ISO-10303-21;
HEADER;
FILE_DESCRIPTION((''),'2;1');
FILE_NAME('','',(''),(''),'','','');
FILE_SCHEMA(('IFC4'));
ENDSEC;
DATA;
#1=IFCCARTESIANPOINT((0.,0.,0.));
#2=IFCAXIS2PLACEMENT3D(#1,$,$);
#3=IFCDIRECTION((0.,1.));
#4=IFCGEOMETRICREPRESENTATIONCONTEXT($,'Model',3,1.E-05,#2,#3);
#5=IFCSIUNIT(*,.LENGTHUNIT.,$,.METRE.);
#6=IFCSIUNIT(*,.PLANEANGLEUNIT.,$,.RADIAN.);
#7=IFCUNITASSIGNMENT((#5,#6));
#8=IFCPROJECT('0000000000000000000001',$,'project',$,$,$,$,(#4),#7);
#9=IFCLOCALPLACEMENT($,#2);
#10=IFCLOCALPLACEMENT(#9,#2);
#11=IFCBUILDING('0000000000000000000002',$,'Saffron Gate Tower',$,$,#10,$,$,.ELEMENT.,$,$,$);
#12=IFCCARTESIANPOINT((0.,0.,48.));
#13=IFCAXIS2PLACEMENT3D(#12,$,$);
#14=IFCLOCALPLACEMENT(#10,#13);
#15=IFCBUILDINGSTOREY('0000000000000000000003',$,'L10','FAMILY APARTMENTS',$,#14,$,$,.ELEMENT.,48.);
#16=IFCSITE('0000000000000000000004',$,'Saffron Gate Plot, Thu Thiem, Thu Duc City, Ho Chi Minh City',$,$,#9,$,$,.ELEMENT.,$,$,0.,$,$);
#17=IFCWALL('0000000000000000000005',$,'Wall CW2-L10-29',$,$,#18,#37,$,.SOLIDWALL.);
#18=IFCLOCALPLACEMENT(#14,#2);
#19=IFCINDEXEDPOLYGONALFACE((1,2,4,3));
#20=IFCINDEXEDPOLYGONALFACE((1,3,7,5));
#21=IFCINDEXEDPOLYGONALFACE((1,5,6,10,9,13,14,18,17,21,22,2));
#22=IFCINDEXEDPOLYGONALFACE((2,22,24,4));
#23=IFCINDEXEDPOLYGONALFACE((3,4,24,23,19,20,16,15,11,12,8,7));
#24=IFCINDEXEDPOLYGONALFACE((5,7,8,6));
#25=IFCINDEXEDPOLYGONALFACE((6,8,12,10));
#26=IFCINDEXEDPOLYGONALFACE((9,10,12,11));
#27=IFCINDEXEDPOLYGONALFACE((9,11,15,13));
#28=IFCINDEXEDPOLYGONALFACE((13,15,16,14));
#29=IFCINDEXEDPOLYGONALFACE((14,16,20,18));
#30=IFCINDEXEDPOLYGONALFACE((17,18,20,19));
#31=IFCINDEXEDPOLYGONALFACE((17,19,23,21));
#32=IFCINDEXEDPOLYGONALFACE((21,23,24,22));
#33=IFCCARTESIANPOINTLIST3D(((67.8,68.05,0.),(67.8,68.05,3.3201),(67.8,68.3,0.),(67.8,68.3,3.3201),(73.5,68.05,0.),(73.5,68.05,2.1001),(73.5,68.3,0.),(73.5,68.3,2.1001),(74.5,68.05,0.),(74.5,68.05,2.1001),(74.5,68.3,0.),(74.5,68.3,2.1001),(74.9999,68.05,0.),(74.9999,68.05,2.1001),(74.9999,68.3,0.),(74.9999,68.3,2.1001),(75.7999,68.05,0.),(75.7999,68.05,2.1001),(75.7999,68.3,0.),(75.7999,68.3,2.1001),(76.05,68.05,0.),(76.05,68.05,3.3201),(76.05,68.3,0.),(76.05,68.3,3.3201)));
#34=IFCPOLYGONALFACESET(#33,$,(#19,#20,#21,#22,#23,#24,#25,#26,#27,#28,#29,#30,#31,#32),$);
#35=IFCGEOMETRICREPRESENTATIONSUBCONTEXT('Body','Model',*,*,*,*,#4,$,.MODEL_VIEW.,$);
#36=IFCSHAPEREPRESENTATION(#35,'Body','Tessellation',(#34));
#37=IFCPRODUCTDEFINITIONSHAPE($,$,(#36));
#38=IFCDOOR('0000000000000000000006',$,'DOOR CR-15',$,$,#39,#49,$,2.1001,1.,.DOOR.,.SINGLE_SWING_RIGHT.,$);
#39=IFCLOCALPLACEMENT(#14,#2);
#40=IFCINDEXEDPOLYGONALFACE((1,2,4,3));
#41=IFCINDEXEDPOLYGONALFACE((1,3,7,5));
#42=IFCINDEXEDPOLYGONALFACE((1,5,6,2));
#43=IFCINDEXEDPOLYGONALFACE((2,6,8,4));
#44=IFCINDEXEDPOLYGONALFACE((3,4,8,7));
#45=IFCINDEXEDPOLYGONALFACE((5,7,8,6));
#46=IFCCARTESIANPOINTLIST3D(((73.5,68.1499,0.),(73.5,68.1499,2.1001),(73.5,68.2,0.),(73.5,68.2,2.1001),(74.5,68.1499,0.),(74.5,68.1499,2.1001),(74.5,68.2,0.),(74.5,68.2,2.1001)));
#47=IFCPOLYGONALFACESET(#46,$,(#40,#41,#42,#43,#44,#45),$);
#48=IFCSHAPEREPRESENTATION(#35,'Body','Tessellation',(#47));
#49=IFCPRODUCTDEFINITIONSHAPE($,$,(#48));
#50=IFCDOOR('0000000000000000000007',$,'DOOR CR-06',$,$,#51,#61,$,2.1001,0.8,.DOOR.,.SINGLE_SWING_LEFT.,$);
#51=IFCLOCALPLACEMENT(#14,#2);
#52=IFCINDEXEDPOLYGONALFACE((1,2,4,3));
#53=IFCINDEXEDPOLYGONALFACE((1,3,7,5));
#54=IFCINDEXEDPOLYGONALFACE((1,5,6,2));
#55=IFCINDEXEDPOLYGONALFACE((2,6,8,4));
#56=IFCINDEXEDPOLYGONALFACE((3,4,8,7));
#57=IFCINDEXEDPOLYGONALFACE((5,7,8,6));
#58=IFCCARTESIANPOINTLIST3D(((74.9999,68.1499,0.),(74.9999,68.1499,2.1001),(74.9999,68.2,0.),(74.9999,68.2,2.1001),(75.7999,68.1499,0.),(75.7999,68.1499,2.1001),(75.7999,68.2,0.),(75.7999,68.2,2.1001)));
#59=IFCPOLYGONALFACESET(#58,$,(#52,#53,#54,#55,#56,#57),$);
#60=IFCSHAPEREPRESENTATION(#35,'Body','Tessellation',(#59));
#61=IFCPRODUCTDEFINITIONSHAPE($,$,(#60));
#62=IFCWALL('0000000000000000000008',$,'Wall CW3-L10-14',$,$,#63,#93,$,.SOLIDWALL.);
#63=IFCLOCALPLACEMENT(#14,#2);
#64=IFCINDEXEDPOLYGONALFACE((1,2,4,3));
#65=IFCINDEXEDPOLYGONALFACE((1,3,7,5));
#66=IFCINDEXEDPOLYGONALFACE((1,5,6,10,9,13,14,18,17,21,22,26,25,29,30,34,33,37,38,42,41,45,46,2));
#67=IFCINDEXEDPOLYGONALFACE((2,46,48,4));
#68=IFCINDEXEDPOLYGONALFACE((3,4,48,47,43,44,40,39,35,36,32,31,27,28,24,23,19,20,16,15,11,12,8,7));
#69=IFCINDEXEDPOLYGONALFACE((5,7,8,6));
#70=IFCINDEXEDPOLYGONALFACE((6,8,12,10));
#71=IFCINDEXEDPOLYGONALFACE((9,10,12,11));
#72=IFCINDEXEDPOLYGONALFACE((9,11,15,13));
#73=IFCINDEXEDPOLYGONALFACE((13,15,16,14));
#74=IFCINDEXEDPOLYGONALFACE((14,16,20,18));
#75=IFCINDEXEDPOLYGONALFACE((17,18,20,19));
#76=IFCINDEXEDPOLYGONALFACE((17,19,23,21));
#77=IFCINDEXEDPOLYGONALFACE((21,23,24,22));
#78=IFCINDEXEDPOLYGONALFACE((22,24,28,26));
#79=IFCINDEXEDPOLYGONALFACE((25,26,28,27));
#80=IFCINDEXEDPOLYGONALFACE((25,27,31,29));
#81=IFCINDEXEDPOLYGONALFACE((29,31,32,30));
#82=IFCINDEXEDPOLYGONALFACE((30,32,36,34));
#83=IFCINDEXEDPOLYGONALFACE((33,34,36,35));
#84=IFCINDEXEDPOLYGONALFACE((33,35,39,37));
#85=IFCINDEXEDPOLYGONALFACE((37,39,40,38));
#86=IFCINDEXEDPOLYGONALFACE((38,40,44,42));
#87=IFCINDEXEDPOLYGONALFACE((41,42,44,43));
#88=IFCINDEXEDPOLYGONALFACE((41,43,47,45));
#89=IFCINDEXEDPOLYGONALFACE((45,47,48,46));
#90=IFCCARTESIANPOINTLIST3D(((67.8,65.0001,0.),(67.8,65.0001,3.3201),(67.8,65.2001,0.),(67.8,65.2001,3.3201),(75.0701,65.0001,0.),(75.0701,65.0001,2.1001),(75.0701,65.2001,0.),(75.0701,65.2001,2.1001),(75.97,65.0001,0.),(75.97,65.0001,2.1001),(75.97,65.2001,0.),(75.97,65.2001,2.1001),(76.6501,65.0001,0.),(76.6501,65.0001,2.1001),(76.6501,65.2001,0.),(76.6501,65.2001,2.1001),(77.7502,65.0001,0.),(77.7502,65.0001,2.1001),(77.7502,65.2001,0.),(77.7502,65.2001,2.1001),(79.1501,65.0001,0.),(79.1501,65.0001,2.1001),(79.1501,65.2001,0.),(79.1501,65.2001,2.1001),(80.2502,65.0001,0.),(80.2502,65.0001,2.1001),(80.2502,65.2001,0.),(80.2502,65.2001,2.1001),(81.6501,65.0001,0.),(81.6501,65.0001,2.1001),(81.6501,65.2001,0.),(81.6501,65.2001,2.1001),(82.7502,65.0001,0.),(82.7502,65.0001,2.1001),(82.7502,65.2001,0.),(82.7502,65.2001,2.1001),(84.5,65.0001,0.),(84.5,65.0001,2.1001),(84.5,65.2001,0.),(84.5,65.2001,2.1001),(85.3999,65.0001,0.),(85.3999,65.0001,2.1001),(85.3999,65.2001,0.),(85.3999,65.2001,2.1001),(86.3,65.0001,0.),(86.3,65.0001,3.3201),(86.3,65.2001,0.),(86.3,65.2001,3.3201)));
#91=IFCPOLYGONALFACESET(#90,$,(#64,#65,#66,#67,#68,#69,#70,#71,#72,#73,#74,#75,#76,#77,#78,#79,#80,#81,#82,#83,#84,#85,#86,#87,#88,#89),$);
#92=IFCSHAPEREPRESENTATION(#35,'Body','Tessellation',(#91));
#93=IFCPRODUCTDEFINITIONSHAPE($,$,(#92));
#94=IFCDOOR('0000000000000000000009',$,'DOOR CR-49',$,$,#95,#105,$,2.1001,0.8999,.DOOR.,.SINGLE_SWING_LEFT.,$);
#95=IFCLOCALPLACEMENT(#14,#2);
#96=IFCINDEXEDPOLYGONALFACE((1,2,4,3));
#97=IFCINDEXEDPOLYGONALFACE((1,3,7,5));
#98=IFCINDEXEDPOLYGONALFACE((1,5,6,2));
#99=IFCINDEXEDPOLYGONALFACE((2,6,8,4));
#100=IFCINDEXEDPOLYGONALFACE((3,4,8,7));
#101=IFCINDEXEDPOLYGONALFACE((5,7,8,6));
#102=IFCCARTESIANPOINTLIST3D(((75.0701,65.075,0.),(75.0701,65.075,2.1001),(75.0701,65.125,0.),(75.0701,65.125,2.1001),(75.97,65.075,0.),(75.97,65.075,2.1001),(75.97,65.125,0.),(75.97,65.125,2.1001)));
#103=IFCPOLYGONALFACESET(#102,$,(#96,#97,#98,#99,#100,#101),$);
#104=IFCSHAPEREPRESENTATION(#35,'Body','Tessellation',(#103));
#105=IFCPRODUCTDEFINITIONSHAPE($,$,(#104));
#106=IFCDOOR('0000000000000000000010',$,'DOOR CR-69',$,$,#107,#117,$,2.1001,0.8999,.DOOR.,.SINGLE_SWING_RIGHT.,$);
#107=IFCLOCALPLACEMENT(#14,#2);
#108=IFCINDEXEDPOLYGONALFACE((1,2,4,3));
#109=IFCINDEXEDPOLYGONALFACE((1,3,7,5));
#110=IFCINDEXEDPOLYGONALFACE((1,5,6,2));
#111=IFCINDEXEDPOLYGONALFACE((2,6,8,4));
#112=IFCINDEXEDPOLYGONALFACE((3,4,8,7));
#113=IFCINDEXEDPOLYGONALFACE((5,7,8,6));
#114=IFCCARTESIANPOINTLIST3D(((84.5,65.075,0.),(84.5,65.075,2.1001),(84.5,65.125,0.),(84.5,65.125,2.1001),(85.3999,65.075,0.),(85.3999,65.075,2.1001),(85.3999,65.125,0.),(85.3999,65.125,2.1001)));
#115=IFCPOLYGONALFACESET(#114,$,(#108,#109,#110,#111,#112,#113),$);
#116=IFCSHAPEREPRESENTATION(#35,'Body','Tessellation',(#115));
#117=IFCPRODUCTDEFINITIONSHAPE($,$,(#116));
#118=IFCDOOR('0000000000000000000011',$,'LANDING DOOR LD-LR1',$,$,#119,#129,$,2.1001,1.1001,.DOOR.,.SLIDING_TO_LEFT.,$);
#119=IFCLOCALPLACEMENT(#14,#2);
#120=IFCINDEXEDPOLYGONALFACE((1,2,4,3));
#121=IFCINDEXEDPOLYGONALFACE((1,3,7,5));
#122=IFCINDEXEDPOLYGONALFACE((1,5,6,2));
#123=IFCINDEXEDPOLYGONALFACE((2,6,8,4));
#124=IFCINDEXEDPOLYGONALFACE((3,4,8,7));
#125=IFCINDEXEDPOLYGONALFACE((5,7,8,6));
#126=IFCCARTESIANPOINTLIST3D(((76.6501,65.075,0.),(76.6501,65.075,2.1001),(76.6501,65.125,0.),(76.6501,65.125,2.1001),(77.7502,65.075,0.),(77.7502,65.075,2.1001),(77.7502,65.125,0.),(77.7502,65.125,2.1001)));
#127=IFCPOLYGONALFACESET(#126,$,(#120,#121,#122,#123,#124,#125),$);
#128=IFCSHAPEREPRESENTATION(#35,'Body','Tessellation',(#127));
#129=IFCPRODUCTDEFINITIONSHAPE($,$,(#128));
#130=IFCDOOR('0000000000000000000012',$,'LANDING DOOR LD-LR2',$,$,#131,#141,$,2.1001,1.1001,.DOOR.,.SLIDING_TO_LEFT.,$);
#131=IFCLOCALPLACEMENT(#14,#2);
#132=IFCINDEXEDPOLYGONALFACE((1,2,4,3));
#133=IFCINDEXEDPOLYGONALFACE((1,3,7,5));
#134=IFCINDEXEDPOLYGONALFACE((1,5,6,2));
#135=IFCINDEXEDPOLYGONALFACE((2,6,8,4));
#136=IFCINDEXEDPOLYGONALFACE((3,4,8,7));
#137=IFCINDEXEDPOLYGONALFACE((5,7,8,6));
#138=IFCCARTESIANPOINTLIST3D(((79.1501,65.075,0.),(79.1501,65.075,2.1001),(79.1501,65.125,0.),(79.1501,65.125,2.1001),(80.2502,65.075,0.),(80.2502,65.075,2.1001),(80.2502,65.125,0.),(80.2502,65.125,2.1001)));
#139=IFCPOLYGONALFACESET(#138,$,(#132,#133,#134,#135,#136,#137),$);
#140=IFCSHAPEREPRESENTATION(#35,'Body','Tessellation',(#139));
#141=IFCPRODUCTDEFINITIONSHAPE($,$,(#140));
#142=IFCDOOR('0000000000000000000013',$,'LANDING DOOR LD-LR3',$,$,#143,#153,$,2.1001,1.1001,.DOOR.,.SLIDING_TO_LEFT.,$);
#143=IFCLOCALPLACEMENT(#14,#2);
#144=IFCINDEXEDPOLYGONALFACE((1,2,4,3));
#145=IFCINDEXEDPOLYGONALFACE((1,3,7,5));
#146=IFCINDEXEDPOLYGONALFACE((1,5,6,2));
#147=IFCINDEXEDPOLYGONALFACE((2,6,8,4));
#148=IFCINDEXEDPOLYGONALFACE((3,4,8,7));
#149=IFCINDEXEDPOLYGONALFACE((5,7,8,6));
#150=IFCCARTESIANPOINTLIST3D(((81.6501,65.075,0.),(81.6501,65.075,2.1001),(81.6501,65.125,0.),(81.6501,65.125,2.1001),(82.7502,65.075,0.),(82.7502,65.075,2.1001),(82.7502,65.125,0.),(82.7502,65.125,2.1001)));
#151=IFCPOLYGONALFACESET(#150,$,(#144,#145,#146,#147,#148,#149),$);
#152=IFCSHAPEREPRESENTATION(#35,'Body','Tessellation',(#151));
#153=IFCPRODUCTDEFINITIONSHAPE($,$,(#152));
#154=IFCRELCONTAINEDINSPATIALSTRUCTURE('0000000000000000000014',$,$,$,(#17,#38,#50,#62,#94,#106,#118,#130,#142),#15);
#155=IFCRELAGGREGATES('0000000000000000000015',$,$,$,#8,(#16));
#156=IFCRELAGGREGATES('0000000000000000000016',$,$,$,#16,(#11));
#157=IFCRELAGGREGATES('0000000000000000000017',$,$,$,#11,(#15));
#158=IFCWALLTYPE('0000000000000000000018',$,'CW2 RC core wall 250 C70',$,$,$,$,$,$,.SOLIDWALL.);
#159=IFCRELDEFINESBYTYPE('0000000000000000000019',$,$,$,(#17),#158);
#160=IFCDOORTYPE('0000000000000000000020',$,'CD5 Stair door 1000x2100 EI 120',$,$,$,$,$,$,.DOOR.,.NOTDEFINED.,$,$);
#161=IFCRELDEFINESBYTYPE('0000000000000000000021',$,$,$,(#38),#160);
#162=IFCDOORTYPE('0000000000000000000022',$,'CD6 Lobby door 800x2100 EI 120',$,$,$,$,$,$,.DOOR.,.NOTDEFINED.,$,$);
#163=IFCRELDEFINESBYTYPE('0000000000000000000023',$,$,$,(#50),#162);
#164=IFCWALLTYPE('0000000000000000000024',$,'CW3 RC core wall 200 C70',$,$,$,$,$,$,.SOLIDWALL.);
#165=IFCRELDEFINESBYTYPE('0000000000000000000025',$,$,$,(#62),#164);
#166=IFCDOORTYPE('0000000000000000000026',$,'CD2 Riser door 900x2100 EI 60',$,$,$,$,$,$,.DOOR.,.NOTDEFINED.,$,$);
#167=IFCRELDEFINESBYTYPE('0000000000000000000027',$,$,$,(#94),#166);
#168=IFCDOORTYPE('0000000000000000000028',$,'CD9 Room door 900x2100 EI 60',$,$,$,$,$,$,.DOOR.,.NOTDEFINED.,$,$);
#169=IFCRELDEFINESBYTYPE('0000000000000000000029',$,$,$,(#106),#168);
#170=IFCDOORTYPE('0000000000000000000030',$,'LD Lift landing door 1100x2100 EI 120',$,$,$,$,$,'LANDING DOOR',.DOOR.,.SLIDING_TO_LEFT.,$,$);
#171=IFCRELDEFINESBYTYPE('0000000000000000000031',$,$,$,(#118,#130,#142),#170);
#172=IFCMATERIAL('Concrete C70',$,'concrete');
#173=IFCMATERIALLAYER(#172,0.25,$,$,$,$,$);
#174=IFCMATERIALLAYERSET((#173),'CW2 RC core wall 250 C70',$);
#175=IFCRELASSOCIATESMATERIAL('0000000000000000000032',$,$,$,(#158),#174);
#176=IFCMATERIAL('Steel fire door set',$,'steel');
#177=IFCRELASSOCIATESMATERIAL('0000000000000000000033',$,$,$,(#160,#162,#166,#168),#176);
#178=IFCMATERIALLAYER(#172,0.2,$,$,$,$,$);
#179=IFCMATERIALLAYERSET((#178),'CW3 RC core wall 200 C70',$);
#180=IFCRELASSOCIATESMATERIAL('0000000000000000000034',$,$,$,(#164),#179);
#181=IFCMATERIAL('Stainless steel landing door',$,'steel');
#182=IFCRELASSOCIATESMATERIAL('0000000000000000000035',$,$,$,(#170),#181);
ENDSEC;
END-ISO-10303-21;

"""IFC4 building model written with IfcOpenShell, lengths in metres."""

from ifc_helpers import new_model, si_unit, direction, frame, frame_2d, origin, place, context, subcontext, project, spatial, rectangle, extrude, material, layer, layer_set, type_object, element, fill, save


model = new_model("IFC4")

# Units and contexts
model_context = context("Model", 3, precision=1e-05, world=origin(), true_north=direction((0.0, 1.0)))
body_context = subcontext(model_context, "Body", "Model", "MODEL_VIEW")
ifc_project = project(units=[si_unit("LENGTHUNIT", "METRE"), si_unit("PLANEANGLEUNIT", "RADIAN")], contexts=[model_context])

# Site, building, storey
site_placement = place(None, origin())
site = spatial("IfcSite", under=ifc_project, at=site_placement, Name="Saffron Gate Plot, Thu Thiem, Thu Duc City, Ho Chi Minh City", CompositionType="ELEMENT", RefElevation=0.0)
building_placement = place(site_placement, origin())
building = spatial("IfcBuilding", under=site, at=building_placement, Name="Saffron Gate Tower", CompositionType="ELEMENT")
storey_placement = place(building_placement, frame((0.0, 0.0, 48.0)))
storey = spatial("IfcBuildingStorey", under=building, at=storey_placement, Name="L10", Description="FAMILY APARTMENTS", CompositionType="ELEMENT", Elevation=48.0)

# Shared definitions
ifc_material_1 = material(Name="Concrete C70", Category="concrete")
ifc_material_2 = material(Name="Steel fire door set", Category="steel")

# Shared definitions
ifc_layer_1 = layer(ifc_material_1, 0.25)
ifc_layer_set_1 = layer_set([ifc_layer_1], Name="CW2 RC core wall 250 C70")
wall_type_1 = type_object("IfcWallType", Name="CW2 RC core wall 250 C70", PredefinedType="SOLIDWALL", material=ifc_layer_set_1)

# Walls, openings, doors
wall_1_placement = place(storey_placement, frame((67.8, 68.175, 0.0), z_axis=(0.0, 0.0, 1.0), x_axis=(1.0, 0.0, 0.0)))
wall_1 = element("IfcWall", 1, at=wall_1_placement, inside=storey, type_object=wall_type_1, Name="Wall CW2-L10-29", PredefinedType="SOLIDWALL", context=body_context, shape_type="SweptSolid", body=[
    extrude(rectangle(XDim=8.25, YDim=0.25, at=frame_2d((4.125, 0.0))), origin(), (0.0, 0.0, 1.0), 3.3201),
])
opening_1_placement = place(wall_1_placement, frame((5.7, 0.0, 0.0)))
opening_1 = element("IfcOpeningElement", 2, at=opening_1_placement, cuts=wall_1, PredefinedType="OPENING", context=body_context, shape_type="SweptSolid", body=[
    extrude(rectangle(XDim=1.0, YDim=2.1001, at=frame_2d((0.5, 1.05))), frame((0.0, 0.135, 0.0), z_axis=(0.0, -1.0, 0.0), x_axis=(1.0, 0.0, 0.0)), (0.0, 0.0, 1.0), 0.27),
])
opening_2_placement = place(wall_1_placement, frame((7.2, 0.0, 0.0)))
opening_2 = element("IfcOpeningElement", 3, at=opening_2_placement, cuts=wall_1, PredefinedType="OPENING", context=body_context, shape_type="SweptSolid", body=[
    extrude(rectangle(XDim=0.8, YDim=2.1001, at=frame_2d((0.3999, 1.05))), frame((0.0, 0.135, 0.0), z_axis=(0.0, -1.0, 0.0), x_axis=(1.0, 0.0, 0.0)), (0.0, 0.0, 1.0), 0.27),
])
door_type_1 = type_object("IfcDoorType", Name="CD5 Stair door 1000x2100 EI 120", OperationType="NOTDEFINED", PredefinedType="DOOR", material=ifc_material_2)
door_1_placement = place(opening_1_placement, origin())
door_1 = element("IfcDoor", 4, at=door_1_placement, inside=storey, type_object=door_type_1, Name="DOOR CR-15", OperationType="SINGLE_SWING_RIGHT", OverallHeight=2.1001, OverallWidth=1.0, PredefinedType="DOOR", context=body_context, shape_type="SweptSolid", body=[
    extrude(rectangle(XDim=1.0, YDim=2.1001, at=frame_2d((0.5, 1.05))), frame((0.0, 0.0249, 0.0), z_axis=(0.0, -1.0, 0.0), x_axis=(1.0, 0.0, 0.0)), (0.0, 0.0, 1.0), 0.05),
])
fill(opening_1, door_1)
door_type_2 = type_object("IfcDoorType", Name="CD6 Lobby door 800x2100 EI 120", OperationType="NOTDEFINED", PredefinedType="DOOR", material=ifc_material_2)
door_2_placement = place(opening_2_placement, origin())
door_2 = element("IfcDoor", 5, at=door_2_placement, inside=storey, type_object=door_type_2, Name="DOOR CR-06", OperationType="SINGLE_SWING_LEFT", OverallHeight=2.1001, OverallWidth=0.8, PredefinedType="DOOR", context=body_context, shape_type="SweptSolid", body=[
    extrude(rectangle(XDim=0.8, YDim=2.1001, at=frame_2d((0.3999, 1.05))), frame((0.0, 0.0249, 0.0), z_axis=(0.0, -1.0, 0.0), x_axis=(1.0, 0.0, 0.0)), (0.0, 0.0, 1.0), 0.05),
])
fill(opening_2, door_2)
ifc_layer_2 = layer(ifc_material_1, 0.2)
ifc_layer_set_2 = layer_set([ifc_layer_2], Name="CW3 RC core wall 200 C70")
wall_type_2 = type_object("IfcWallType", Name="CW3 RC core wall 200 C70", PredefinedType="SOLIDWALL", material=ifc_layer_set_2)
wall_2_placement = place(storey_placement, frame((67.8, 65.1001, 0.0), z_axis=(0.0, 0.0, 1.0), x_axis=(1.0, 0.0, 0.0)))
wall_2 = element("IfcWall", 6, at=wall_2_placement, inside=storey, type_object=wall_type_2, Name="Wall CW3-L10-14", PredefinedType="SOLIDWALL", context=body_context, shape_type="SweptSolid", body=[
    extrude(rectangle(XDim=18.5, YDim=0.2, at=frame_2d((9.25, 0.0))), origin(), (0.0, 0.0, 1.0), 3.3201),
])
opening_3_placement = place(wall_2_placement, frame((7.27, 0.0, 0.0)))
opening_3 = element("IfcOpeningElement", 7, at=opening_3_placement, cuts=wall_2, PredefinedType="OPENING", context=body_context, shape_type="SweptSolid", body=[
    extrude(rectangle(XDim=0.8999, YDim=2.1001, at=frame_2d((0.45, 1.05))), frame((0.0, 0.1099, 0.0), z_axis=(0.0, -1.0, 0.0), x_axis=(1.0, 0.0, 0.0)), (0.0, 0.0, 1.0), 0.22),
])
opening_4_placement = place(wall_2_placement, frame((8.8501, 0.0, 0.0)))
opening_4 = element("IfcOpeningElement", 8, at=opening_4_placement, cuts=wall_2, PredefinedType="OPENING", context=body_context, shape_type="SweptSolid", body=[
    extrude(rectangle(XDim=1.1001, YDim=2.1001, at=frame_2d((0.55, 1.05))), frame((0.0, 0.1099, 0.0), z_axis=(0.0, -1.0, 0.0), x_axis=(1.0, 0.0, 0.0)), (0.0, 0.0, 1.0), 0.22),
])
opening_5_placement = place(wall_2_placement, frame((11.3501, 0.0, 0.0)))
opening_5 = element("IfcOpeningElement", 9, at=opening_5_placement, cuts=wall_2, PredefinedType="OPENING", context=body_context, shape_type="SweptSolid", body=[
    extrude(rectangle(XDim=1.1001, YDim=2.1001, at=frame_2d((0.55, 1.05))), frame((0.0, 0.1099, 0.0), z_axis=(0.0, -1.0, 0.0), x_axis=(1.0, 0.0, 0.0)), (0.0, 0.0, 1.0), 0.22),
])
opening_6_placement = place(wall_2_placement, frame((13.8501, 0.0, 0.0)))
opening_6 = element("IfcOpeningElement", 10, at=opening_6_placement, cuts=wall_2, PredefinedType="OPENING", context=body_context, shape_type="SweptSolid", body=[
    extrude(rectangle(XDim=1.1001, YDim=2.1001, at=frame_2d((0.55, 1.05))), frame((0.0, 0.1099, 0.0), z_axis=(0.0, -1.0, 0.0), x_axis=(1.0, 0.0, 0.0)), (0.0, 0.0, 1.0), 0.22),
])
opening_7_placement = place(wall_2_placement, frame((16.7, 0.0, 0.0)))
opening_7 = element("IfcOpeningElement", 11, at=opening_7_placement, cuts=wall_2, PredefinedType="OPENING", context=body_context, shape_type="SweptSolid", body=[
    extrude(rectangle(XDim=0.8999, YDim=2.1001, at=frame_2d((0.45, 1.05))), frame((0.0, 0.1099, 0.0), z_axis=(0.0, -1.0, 0.0), x_axis=(1.0, 0.0, 0.0)), (0.0, 0.0, 1.0), 0.22),
])
door_type_3 = type_object("IfcDoorType", Name="CD2 Riser door 900x2100 EI 60", OperationType="NOTDEFINED", PredefinedType="DOOR", material=ifc_material_2)
door_3_placement = place(opening_3_placement, origin())
door_3 = element("IfcDoor", 12, at=door_3_placement, inside=storey, type_object=door_type_3, Name="DOOR CR-49", OperationType="SINGLE_SWING_LEFT", OverallHeight=2.1001, OverallWidth=0.8999, PredefinedType="DOOR", context=body_context, shape_type="SweptSolid", body=[
    extrude(rectangle(XDim=0.8999, YDim=2.1001, at=frame_2d((0.45, 1.05))), frame((0.0, 0.0249, 0.0), z_axis=(0.0, -1.0, 0.0), x_axis=(1.0, 0.0, 0.0)), (0.0, 0.0, 1.0), 0.05),
])
fill(opening_3, door_3)
door_type_4 = type_object("IfcDoorType", Name="CD9 Room door 900x2100 EI 60", OperationType="NOTDEFINED", PredefinedType="DOOR", material=ifc_material_2)
door_4_placement = place(opening_7_placement, origin())
door_4 = element("IfcDoor", 13, at=door_4_placement, inside=storey, type_object=door_type_4, Name="DOOR CR-69", OperationType="SINGLE_SWING_RIGHT", OverallHeight=2.1001, OverallWidth=0.8999, PredefinedType="DOOR", context=body_context, shape_type="SweptSolid", body=[
    extrude(rectangle(XDim=0.8999, YDim=2.1001, at=frame_2d((0.45, 1.05))), frame((0.0, 0.0249, 0.0), z_axis=(0.0, -1.0, 0.0), x_axis=(1.0, 0.0, 0.0)), (0.0, 0.0, 1.0), 0.05),
])
fill(opening_7, door_4)
ifc_material_3 = material(Name="Stainless steel landing door", Category="steel")
door_type_5 = type_object("IfcDoorType", Name="LD Lift landing door 1100x2100 EI 120", ElementType="LANDING DOOR", OperationType="SLIDING_TO_LEFT", PredefinedType="DOOR", material=ifc_material_3)
door_5_placement = place(opening_4_placement, origin())
door_5 = element("IfcDoor", 14, at=door_5_placement, inside=storey, type_object=door_type_5, Name="LANDING DOOR LD-LR1", OperationType="SLIDING_TO_LEFT", OverallHeight=2.1001, OverallWidth=1.1001, PredefinedType="DOOR", context=body_context, shape_type="SweptSolid", body=[
    extrude(rectangle(XDim=1.1001, YDim=2.1001, at=frame_2d((0.55, 1.05))), frame((0.0, 0.0249, 0.0), z_axis=(0.0, -1.0, 0.0), x_axis=(1.0, 0.0, 0.0)), (0.0, 0.0, 1.0), 0.05),
])
fill(opening_4, door_5)
door_6_placement = place(opening_5_placement, origin())
door_6 = element("IfcDoor", 15, at=door_6_placement, inside=storey, type_object=door_type_5, Name="LANDING DOOR LD-LR2", OperationType="SLIDING_TO_LEFT", OverallHeight=2.1001, OverallWidth=1.1001, PredefinedType="DOOR", context=body_context, shape_type="SweptSolid", body=[
    extrude(rectangle(XDim=1.1001, YDim=2.1001, at=frame_2d((0.55, 1.05))), frame((0.0, 0.0249, 0.0), z_axis=(0.0, -1.0, 0.0), x_axis=(1.0, 0.0, 0.0)), (0.0, 0.0, 1.0), 0.05),
])
fill(opening_5, door_6)
door_7_placement = place(opening_6_placement, origin())
door_7 = element("IfcDoor", 16, at=door_7_placement, inside=storey, type_object=door_type_5, Name="LANDING DOOR LD-LR3", OperationType="SLIDING_TO_LEFT", OverallHeight=2.1001, OverallWidth=1.1001, PredefinedType="DOOR", context=body_context, shape_type="SweptSolid", body=[
    extrude(rectangle(XDim=1.1001, YDim=2.1001, at=frame_2d((0.55, 1.05))), frame((0.0, 0.0249, 0.0), z_axis=(0.0, -1.0, 0.0), x_axis=(1.0, 0.0, 0.0)), (0.0, 0.0, 1.0), 0.05),
])
fill(opening_6, door_7)

save(model, "model.ifc")
